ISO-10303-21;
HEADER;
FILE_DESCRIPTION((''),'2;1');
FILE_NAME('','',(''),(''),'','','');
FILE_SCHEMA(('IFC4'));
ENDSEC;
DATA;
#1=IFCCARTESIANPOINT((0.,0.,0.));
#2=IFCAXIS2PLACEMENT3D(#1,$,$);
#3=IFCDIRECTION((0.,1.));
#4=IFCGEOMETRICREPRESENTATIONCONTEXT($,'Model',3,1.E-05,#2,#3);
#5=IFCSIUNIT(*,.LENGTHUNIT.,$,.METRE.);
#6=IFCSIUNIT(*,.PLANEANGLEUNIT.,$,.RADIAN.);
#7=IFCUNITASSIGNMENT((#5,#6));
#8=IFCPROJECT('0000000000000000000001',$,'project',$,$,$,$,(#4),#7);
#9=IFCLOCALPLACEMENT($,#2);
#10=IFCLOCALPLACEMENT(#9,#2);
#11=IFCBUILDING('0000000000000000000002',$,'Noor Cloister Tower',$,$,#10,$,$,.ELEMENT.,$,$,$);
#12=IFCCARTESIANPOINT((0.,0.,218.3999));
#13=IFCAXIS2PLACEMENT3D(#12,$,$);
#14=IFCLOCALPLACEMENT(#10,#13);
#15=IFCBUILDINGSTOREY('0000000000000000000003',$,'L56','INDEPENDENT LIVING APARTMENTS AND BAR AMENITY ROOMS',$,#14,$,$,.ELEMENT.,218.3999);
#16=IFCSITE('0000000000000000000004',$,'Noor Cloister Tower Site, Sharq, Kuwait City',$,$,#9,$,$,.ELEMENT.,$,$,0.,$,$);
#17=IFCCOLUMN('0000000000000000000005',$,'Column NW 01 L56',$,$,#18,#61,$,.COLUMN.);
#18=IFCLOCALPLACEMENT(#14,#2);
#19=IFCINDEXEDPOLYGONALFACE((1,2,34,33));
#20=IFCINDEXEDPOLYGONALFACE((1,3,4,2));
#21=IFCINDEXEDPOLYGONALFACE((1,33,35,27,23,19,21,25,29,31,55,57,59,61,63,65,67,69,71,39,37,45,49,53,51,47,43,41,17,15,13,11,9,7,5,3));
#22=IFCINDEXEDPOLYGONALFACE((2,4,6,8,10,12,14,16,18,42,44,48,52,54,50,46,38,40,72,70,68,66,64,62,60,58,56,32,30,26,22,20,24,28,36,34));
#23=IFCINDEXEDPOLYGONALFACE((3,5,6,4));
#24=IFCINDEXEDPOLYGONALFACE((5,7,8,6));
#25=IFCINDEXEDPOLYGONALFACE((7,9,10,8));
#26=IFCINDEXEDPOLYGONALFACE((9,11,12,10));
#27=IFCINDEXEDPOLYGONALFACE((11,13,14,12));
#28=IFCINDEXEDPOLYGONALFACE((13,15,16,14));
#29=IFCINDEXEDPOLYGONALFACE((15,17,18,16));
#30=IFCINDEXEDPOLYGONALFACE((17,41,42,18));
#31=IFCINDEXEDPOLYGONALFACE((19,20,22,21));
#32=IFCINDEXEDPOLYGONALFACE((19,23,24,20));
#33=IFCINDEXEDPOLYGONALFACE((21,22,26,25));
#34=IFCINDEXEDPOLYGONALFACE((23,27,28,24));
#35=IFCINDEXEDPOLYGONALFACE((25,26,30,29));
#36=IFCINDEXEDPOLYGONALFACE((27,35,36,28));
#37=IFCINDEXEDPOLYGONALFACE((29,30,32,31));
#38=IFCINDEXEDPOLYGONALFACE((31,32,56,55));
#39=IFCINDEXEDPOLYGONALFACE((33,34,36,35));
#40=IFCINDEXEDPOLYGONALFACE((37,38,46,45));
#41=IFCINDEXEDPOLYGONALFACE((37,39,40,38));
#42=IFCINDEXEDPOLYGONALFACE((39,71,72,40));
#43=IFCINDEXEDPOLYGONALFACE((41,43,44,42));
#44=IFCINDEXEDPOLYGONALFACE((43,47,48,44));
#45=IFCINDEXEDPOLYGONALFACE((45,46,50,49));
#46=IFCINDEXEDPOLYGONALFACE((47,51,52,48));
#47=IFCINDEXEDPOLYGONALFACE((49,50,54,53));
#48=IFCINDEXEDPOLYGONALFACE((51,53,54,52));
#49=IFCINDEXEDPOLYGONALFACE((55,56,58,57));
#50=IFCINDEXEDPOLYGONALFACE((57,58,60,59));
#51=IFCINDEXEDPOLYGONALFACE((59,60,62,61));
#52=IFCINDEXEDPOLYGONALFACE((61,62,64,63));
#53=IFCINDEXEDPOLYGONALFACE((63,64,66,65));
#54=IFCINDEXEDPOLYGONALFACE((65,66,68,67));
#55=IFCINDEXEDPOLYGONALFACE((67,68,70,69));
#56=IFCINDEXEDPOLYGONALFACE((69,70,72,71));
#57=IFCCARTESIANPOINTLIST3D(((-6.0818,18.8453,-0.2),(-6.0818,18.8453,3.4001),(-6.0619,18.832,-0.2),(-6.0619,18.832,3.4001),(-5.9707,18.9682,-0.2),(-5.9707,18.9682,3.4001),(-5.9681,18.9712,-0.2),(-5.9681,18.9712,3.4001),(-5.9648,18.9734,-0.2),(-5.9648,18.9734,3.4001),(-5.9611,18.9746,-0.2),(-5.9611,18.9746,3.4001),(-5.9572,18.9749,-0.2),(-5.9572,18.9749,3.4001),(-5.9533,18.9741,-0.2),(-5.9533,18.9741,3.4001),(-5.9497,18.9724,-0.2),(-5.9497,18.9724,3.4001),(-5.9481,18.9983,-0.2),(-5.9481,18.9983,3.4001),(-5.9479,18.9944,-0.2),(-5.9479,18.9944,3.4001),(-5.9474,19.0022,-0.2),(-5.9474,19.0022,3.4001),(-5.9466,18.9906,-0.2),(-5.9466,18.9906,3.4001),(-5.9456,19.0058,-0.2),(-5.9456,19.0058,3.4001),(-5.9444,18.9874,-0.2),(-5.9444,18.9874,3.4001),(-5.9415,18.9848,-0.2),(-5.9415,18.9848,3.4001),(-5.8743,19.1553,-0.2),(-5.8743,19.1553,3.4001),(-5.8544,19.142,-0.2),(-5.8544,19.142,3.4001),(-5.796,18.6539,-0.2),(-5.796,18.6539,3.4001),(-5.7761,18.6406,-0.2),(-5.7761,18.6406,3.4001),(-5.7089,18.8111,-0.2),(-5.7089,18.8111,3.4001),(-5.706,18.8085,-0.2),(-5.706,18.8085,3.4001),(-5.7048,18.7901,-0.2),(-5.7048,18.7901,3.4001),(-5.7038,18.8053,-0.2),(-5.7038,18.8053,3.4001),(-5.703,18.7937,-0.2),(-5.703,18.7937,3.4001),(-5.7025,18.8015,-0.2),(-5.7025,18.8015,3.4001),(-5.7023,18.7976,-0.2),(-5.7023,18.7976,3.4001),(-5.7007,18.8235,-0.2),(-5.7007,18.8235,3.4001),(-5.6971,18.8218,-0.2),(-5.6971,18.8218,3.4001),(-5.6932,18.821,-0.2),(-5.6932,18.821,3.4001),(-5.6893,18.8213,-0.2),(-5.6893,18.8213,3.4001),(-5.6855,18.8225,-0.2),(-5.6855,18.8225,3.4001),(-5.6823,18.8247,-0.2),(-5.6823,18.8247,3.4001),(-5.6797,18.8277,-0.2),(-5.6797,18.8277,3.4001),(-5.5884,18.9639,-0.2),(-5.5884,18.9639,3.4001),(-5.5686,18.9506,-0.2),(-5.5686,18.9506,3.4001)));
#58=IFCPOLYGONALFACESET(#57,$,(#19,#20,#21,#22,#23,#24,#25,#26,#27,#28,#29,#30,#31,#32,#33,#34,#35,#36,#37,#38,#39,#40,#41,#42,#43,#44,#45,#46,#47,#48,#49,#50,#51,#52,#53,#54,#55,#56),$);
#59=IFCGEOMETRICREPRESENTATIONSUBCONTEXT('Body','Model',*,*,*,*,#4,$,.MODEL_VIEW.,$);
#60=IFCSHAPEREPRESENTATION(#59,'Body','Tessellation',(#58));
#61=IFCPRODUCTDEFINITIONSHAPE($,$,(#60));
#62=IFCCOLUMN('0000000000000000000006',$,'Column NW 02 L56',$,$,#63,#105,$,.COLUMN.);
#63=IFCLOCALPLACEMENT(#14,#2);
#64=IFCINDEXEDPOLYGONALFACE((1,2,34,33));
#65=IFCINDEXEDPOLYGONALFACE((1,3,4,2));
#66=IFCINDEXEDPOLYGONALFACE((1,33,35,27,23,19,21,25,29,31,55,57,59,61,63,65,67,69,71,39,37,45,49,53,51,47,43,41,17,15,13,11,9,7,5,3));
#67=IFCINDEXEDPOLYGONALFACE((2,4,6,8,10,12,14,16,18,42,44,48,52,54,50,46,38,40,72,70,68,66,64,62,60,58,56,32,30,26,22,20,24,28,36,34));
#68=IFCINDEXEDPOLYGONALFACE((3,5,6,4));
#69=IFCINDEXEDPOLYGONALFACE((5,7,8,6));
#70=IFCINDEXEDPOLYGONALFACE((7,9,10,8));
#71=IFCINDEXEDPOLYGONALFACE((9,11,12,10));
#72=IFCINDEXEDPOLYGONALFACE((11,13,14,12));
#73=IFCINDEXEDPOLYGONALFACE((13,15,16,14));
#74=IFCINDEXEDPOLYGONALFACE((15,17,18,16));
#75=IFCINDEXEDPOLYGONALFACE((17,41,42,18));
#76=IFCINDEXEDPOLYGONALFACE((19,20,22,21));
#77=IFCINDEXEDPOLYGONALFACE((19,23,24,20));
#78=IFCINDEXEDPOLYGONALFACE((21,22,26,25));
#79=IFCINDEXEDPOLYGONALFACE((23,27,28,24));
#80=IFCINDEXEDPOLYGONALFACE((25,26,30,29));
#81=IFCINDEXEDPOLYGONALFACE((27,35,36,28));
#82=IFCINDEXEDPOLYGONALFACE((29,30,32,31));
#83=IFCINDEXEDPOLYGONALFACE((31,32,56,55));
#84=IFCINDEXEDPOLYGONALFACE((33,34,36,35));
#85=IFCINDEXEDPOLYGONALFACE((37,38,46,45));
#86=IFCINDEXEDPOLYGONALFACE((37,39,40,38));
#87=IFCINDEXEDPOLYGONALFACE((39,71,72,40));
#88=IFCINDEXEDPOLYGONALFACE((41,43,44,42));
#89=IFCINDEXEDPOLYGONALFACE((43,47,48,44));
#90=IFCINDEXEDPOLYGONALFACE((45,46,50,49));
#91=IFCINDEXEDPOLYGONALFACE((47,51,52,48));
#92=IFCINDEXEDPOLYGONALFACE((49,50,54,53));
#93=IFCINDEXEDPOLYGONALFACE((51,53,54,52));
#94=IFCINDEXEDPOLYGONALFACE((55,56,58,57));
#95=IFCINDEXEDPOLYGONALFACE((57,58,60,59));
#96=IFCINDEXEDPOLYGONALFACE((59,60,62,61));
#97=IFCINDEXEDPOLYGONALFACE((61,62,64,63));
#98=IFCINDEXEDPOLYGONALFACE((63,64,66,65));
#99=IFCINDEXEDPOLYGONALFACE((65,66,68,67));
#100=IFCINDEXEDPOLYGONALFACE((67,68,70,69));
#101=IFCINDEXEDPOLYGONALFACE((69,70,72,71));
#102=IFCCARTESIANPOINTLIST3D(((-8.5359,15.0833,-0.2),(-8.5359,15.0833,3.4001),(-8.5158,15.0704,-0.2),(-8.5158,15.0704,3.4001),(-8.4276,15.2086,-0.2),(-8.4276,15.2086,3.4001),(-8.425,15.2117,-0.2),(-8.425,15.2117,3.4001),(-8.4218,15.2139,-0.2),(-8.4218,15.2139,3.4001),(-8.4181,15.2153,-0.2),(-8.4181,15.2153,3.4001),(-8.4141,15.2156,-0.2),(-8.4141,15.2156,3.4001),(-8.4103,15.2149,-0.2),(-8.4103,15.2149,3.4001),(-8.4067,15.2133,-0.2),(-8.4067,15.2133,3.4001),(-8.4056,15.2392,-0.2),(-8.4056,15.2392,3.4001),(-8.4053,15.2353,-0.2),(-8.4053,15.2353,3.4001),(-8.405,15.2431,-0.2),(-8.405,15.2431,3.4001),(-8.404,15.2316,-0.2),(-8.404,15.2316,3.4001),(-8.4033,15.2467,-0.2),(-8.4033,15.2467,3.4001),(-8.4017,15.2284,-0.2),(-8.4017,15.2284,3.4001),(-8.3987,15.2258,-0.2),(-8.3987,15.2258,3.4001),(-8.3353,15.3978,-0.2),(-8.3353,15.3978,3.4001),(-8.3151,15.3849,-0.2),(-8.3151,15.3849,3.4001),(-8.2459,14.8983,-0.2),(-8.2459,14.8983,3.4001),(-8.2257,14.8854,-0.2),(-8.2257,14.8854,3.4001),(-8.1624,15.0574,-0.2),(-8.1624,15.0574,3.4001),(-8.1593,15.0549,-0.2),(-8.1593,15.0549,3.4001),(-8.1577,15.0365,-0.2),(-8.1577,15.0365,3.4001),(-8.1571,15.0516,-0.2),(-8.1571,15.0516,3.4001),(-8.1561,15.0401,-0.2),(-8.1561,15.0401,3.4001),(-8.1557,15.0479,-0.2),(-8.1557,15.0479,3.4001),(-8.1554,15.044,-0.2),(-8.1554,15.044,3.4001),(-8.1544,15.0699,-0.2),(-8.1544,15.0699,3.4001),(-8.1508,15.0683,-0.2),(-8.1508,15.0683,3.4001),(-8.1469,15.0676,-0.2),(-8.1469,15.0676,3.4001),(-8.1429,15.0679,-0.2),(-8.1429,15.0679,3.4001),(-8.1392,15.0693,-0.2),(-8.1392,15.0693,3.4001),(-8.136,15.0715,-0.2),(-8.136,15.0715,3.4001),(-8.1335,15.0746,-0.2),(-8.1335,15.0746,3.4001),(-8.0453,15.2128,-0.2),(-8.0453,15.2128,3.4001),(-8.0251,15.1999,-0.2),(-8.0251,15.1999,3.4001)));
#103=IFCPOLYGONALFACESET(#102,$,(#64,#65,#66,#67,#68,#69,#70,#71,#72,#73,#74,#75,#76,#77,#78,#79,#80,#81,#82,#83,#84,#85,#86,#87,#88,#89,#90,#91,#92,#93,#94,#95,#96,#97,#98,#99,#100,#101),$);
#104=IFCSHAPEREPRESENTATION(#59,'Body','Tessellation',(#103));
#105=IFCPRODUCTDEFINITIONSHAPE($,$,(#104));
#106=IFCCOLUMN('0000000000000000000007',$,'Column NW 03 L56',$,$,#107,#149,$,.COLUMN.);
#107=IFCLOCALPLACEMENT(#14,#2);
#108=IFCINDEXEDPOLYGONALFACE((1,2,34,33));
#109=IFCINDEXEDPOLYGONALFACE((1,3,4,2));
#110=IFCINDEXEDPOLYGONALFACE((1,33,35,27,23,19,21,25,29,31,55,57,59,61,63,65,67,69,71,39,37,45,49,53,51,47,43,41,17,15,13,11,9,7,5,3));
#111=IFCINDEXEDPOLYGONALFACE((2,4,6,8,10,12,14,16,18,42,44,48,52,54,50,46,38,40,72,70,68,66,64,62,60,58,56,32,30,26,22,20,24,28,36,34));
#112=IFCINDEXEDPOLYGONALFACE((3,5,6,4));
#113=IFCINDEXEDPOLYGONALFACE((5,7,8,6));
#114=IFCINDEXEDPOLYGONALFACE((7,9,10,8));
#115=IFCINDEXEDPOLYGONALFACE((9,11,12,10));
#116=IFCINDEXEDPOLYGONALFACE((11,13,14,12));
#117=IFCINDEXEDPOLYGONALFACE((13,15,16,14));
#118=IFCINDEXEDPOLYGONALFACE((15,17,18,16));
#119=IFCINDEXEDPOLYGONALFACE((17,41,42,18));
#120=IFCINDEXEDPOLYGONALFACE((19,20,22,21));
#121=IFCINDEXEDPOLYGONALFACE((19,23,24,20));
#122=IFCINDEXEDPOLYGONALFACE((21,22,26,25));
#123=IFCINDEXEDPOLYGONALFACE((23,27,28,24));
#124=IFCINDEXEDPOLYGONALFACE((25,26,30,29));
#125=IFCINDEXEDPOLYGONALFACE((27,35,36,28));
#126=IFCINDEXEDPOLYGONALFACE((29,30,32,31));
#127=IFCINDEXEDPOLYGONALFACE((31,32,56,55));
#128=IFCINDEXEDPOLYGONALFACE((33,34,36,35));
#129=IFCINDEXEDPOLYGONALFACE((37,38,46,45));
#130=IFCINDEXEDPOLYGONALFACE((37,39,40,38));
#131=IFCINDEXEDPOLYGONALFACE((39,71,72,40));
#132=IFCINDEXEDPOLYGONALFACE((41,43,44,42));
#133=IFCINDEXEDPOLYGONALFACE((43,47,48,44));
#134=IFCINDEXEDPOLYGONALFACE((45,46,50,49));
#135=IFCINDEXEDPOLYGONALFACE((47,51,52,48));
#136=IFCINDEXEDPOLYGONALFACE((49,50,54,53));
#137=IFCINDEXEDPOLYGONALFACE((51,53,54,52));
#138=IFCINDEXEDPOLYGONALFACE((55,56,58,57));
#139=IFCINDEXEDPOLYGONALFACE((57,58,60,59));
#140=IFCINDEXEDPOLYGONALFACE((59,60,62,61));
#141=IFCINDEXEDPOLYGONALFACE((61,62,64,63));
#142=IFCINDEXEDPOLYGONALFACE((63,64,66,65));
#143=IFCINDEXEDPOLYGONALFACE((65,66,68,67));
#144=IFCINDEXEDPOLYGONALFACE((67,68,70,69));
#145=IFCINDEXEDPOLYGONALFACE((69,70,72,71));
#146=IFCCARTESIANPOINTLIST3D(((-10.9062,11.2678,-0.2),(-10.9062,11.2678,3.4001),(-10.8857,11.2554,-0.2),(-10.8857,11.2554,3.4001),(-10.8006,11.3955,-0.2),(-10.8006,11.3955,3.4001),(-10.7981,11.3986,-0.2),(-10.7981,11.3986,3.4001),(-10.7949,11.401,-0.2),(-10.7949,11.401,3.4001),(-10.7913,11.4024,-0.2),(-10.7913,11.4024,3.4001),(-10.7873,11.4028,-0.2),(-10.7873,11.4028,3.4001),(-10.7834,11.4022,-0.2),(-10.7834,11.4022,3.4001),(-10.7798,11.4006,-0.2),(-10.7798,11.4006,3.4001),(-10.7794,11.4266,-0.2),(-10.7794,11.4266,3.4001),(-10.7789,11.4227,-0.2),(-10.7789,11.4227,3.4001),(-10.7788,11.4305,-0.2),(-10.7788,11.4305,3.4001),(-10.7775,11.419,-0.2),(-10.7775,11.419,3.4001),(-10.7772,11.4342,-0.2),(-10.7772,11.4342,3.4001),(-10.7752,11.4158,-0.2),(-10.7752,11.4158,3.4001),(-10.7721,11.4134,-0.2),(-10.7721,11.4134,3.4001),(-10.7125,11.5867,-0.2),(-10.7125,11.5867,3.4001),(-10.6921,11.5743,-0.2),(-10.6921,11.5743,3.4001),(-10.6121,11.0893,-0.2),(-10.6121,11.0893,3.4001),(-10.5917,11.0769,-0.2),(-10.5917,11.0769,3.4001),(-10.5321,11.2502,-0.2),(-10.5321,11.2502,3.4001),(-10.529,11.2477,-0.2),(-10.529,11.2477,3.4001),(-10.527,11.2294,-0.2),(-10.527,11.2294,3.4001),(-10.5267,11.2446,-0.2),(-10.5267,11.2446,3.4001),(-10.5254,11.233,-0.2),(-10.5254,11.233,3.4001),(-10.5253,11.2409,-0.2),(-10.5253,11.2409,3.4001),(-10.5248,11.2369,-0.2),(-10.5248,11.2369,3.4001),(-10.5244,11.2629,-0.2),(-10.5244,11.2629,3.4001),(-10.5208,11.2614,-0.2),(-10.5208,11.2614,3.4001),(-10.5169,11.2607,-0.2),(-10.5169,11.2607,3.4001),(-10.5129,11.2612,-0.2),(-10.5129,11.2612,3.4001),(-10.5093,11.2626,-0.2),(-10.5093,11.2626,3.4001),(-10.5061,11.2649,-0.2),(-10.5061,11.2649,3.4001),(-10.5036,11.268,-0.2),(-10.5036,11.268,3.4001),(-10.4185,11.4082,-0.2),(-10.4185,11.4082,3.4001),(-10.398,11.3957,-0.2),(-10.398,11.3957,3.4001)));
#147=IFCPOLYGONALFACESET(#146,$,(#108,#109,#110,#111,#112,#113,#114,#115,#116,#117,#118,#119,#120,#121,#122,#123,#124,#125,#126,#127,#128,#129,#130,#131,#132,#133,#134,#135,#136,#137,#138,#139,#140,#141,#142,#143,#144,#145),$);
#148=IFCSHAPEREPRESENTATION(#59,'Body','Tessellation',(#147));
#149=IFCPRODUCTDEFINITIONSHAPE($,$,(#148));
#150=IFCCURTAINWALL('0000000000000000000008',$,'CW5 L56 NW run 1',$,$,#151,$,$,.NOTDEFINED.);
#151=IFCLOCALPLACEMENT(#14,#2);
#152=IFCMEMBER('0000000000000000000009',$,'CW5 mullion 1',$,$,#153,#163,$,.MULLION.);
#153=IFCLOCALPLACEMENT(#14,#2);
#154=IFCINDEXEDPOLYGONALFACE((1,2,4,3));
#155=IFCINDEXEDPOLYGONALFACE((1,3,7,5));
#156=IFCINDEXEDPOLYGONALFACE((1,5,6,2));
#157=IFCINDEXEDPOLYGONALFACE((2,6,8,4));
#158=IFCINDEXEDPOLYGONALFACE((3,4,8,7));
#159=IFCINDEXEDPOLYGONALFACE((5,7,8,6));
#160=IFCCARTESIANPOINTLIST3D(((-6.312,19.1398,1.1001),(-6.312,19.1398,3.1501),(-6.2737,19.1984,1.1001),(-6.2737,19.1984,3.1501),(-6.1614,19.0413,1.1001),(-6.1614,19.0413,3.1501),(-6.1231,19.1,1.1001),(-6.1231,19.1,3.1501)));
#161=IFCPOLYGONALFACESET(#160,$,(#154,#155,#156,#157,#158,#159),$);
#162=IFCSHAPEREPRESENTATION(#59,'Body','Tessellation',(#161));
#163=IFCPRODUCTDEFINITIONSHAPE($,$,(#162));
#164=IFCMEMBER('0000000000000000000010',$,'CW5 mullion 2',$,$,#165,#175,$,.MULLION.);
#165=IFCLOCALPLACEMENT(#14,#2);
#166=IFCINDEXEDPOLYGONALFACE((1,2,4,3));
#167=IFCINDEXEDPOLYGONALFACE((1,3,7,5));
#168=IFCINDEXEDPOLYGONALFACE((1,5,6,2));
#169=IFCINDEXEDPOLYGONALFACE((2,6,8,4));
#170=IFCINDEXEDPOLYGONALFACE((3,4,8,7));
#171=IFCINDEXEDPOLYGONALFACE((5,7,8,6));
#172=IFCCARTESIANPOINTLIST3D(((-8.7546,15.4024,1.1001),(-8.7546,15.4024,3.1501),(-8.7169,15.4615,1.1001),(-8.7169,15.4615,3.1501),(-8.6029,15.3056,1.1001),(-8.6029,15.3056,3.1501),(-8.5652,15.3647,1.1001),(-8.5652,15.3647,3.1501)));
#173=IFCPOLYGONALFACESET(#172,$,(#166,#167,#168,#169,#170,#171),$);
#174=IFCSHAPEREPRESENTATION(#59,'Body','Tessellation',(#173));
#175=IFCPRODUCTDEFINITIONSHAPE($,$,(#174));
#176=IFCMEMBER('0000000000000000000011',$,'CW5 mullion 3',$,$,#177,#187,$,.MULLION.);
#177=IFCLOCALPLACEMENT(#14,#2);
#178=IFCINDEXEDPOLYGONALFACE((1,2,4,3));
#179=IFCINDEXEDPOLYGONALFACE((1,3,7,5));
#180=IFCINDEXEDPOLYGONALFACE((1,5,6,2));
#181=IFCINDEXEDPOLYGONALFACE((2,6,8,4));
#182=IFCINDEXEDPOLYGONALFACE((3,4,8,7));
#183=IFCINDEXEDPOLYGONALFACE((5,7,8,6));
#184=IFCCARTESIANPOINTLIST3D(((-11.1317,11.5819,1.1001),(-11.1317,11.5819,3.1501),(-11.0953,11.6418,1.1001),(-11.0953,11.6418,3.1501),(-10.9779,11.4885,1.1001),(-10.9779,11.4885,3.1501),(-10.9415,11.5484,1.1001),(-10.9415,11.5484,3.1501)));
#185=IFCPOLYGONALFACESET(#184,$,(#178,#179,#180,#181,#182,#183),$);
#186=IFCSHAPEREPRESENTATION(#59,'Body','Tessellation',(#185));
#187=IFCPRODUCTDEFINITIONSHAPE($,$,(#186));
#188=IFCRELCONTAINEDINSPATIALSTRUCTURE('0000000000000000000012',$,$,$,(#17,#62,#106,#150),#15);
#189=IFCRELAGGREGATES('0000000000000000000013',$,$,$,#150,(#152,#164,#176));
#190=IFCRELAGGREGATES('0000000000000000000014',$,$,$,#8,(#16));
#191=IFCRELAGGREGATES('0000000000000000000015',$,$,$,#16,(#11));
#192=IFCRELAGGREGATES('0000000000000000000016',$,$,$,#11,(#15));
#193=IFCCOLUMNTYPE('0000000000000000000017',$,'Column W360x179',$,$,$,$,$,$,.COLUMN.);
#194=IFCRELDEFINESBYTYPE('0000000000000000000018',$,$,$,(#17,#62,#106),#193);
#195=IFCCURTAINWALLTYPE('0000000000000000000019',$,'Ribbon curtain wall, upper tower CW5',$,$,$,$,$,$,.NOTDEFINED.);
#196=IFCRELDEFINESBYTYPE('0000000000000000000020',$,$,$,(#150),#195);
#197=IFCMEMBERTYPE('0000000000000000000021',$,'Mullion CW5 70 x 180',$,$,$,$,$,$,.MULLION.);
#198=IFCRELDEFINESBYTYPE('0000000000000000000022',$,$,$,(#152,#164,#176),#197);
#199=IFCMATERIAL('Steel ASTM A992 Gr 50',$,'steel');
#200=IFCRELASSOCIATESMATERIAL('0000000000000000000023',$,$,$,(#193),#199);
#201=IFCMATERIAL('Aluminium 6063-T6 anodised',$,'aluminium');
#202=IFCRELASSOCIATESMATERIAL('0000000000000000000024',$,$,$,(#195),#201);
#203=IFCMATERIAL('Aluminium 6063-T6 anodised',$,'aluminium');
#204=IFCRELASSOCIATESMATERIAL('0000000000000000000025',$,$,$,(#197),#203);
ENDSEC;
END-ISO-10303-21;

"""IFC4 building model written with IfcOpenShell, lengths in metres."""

from ifc_helpers import new_model, si_unit, direction, frame, origin, origin_2d, place, context, subcontext, project, spatial, rectangle, i_section, extrude, material, material_profile, profile_set, type_object, element, aggregate, save


model = new_model("IFC4")

# Units and contexts
model_context = context("Model", 3, precision=1e-05, world=origin(), true_north=direction((0.0, 1.0)))
body_context = subcontext(model_context, "Body", "Model", "MODEL_VIEW")
ifc_project = project(units=[si_unit("LENGTHUNIT", "METRE"), si_unit("PLANEANGLEUNIT", "RADIAN")], contexts=[model_context])

# Site, building, storey
site_placement = place(None, origin())
site = spatial("IfcSite", under=ifc_project, at=site_placement, Name="Noor Cloister Tower Site, Sharq, Kuwait City", CompositionType="ELEMENT", RefElevation=0.0)
building_placement = place(site_placement, origin())
building = spatial("IfcBuilding", under=site, at=building_placement, Name="Noor Cloister Tower", CompositionType="ELEMENT")
storey_placement = place(building_placement, frame((0.0, 0.0, 218.3999)))
storey = spatial("IfcBuildingStorey", under=building, at=storey_placement, Name="L56", Description="INDEPENDENT LIVING APARTMENTS AND BAR AMENITY ROOMS", CompositionType="ELEMENT", Elevation=218.3999)

# Columns
ifc_material_1 = material(Name="Steel ASTM A992 Gr 50", Category="steel")
ifc_material_profile_1 = material_profile(ifc_material_1, i_section(OverallWidth=0.373, OverallDepth=0.3679, WebThickness=0.0149, FlangeThickness=0.0239, FilletRadius=0.0151, at=origin_2d()), Name="W360x179")
ifc_profile_set_1 = profile_set([ifc_material_profile_1], Name="Steel ASTM A992 Gr 50")
column_type = type_object("IfcColumnType", Name="Column W360x179", PredefinedType="COLUMN", material=ifc_profile_set_1)
for number, where, z_axis, x_axis, name in (
    (1, (-5.8252, 18.8979, -0.2), (0.0, 0.0, 1.0), (-0.55636, -0.830941, 0.0), "Column NW 01 L56"),
    (2, (-8.2805, 15.1416, -0.2), (0.0, 0.0, 1.0), (-0.537834, -0.843051, 0.0), "Column NW 02 L56"),
    (3, (-10.6521, 11.3318, -0.2), (0.0, 0.0, 1.0), (-0.519044, -0.854747, 0.0), "Column NW 03 L56"),
):
    element("IfcColumn", number, at=place(storey_placement, frame(where, z_axis=z_axis, x_axis=x_axis)), inside=storey, type_object=column_type, Name=name, PredefinedType="COLUMN", context=body_context, shape_type="SweptSolid", body=[
        extrude(i_section(OverallWidth=0.373, OverallDepth=0.3679, WebThickness=0.0149, FlangeThickness=0.0239, FilletRadius=0.0151, at=origin_2d()), origin(), (0.0, 0.0, 1.0), 3.6001),
    ])

# Curtain wall, members
ifc_material_2 = material(Name="Aluminium 6063-T6 anodised", Category="aluminium")
curtain_wall_type = type_object("IfcCurtainWallType", Name="Ribbon curtain wall, upper tower CW5", PredefinedType="NOTDEFINED", material=ifc_material_2)
curtain_wall_placement = place(storey_placement, origin())
curtain_wall = element("IfcCurtainWall", 4, at=curtain_wall_placement, inside=storey, type_object=curtain_wall_type, Name="CW5 L56 NW run 1", PredefinedType="NOTDEFINED")
ifc_material_3 = material(Name="Aluminium 6063-T6 anodised", Category="aluminium")
ifc_material_profile_2 = material_profile(ifc_material_3, rectangle(XDim=0.1799, YDim=0.0701, at=origin_2d()), Name="180 x 70 mullion")
ifc_profile_set_2 = profile_set([ifc_material_profile_2], Name="Aluminium 6063-T6 anodised")
member_type = type_object("IfcMemberType", Name="Mullion CW5 70 x 180", PredefinedType="MULLION", material=ifc_profile_set_2)
member_1_placement = place(storey_placement, frame((-6.2175, 19.1199, 1.1001), z_axis=(0.0, 0.0, 1.0), x_axis=(0.837047, -0.547131, 0.0)))
member_1 = element("IfcMember", 5, at=member_1_placement, type_object=member_type, Name="CW5 mullion 1", PredefinedType="MULLION", context=body_context, shape_type="SweptSolid", body=[
    extrude(rectangle(XDim=0.1799, YDim=0.0701, at=origin_2d()), origin(), (0.0, 0.0, 1.0), 2.05),
])
member_2_placement = place(storey_placement, frame((-8.6599, 15.3835, 1.1001), z_axis=(0.0, 0.0, 1.0), x_axis=(0.843051, -0.537834, 0.0)))
member_2 = element("IfcMember", 6, at=member_2_placement, type_object=member_type, Name="CW5 mullion 2", PredefinedType="MULLION", context=body_context, shape_type="SweptSolid", body=[
    extrude(rectangle(XDim=0.1799, YDim=0.0701, at=origin_2d()), origin(), (0.0, 0.0, 1.0), 2.05),
])
member_3_placement = place(storey_placement, frame((-11.0366, 11.5652, 1.1001), z_axis=(0.0, 0.0, 1.0), x_axis=(0.854747, -0.519044, 0.0)))
member_3 = element("IfcMember", 7, at=member_3_placement, type_object=member_type, Name="CW5 mullion 3", PredefinedType="MULLION", context=body_context, shape_type="SweptSolid", body=[
    extrude(rectangle(XDim=0.1799, YDim=0.0701, at=origin_2d()), origin(), (0.0, 0.0, 1.0), 2.05),
])

aggregate(curtain_wall, [member_1, member_2, member_3])

save(model, "model.ifc")
